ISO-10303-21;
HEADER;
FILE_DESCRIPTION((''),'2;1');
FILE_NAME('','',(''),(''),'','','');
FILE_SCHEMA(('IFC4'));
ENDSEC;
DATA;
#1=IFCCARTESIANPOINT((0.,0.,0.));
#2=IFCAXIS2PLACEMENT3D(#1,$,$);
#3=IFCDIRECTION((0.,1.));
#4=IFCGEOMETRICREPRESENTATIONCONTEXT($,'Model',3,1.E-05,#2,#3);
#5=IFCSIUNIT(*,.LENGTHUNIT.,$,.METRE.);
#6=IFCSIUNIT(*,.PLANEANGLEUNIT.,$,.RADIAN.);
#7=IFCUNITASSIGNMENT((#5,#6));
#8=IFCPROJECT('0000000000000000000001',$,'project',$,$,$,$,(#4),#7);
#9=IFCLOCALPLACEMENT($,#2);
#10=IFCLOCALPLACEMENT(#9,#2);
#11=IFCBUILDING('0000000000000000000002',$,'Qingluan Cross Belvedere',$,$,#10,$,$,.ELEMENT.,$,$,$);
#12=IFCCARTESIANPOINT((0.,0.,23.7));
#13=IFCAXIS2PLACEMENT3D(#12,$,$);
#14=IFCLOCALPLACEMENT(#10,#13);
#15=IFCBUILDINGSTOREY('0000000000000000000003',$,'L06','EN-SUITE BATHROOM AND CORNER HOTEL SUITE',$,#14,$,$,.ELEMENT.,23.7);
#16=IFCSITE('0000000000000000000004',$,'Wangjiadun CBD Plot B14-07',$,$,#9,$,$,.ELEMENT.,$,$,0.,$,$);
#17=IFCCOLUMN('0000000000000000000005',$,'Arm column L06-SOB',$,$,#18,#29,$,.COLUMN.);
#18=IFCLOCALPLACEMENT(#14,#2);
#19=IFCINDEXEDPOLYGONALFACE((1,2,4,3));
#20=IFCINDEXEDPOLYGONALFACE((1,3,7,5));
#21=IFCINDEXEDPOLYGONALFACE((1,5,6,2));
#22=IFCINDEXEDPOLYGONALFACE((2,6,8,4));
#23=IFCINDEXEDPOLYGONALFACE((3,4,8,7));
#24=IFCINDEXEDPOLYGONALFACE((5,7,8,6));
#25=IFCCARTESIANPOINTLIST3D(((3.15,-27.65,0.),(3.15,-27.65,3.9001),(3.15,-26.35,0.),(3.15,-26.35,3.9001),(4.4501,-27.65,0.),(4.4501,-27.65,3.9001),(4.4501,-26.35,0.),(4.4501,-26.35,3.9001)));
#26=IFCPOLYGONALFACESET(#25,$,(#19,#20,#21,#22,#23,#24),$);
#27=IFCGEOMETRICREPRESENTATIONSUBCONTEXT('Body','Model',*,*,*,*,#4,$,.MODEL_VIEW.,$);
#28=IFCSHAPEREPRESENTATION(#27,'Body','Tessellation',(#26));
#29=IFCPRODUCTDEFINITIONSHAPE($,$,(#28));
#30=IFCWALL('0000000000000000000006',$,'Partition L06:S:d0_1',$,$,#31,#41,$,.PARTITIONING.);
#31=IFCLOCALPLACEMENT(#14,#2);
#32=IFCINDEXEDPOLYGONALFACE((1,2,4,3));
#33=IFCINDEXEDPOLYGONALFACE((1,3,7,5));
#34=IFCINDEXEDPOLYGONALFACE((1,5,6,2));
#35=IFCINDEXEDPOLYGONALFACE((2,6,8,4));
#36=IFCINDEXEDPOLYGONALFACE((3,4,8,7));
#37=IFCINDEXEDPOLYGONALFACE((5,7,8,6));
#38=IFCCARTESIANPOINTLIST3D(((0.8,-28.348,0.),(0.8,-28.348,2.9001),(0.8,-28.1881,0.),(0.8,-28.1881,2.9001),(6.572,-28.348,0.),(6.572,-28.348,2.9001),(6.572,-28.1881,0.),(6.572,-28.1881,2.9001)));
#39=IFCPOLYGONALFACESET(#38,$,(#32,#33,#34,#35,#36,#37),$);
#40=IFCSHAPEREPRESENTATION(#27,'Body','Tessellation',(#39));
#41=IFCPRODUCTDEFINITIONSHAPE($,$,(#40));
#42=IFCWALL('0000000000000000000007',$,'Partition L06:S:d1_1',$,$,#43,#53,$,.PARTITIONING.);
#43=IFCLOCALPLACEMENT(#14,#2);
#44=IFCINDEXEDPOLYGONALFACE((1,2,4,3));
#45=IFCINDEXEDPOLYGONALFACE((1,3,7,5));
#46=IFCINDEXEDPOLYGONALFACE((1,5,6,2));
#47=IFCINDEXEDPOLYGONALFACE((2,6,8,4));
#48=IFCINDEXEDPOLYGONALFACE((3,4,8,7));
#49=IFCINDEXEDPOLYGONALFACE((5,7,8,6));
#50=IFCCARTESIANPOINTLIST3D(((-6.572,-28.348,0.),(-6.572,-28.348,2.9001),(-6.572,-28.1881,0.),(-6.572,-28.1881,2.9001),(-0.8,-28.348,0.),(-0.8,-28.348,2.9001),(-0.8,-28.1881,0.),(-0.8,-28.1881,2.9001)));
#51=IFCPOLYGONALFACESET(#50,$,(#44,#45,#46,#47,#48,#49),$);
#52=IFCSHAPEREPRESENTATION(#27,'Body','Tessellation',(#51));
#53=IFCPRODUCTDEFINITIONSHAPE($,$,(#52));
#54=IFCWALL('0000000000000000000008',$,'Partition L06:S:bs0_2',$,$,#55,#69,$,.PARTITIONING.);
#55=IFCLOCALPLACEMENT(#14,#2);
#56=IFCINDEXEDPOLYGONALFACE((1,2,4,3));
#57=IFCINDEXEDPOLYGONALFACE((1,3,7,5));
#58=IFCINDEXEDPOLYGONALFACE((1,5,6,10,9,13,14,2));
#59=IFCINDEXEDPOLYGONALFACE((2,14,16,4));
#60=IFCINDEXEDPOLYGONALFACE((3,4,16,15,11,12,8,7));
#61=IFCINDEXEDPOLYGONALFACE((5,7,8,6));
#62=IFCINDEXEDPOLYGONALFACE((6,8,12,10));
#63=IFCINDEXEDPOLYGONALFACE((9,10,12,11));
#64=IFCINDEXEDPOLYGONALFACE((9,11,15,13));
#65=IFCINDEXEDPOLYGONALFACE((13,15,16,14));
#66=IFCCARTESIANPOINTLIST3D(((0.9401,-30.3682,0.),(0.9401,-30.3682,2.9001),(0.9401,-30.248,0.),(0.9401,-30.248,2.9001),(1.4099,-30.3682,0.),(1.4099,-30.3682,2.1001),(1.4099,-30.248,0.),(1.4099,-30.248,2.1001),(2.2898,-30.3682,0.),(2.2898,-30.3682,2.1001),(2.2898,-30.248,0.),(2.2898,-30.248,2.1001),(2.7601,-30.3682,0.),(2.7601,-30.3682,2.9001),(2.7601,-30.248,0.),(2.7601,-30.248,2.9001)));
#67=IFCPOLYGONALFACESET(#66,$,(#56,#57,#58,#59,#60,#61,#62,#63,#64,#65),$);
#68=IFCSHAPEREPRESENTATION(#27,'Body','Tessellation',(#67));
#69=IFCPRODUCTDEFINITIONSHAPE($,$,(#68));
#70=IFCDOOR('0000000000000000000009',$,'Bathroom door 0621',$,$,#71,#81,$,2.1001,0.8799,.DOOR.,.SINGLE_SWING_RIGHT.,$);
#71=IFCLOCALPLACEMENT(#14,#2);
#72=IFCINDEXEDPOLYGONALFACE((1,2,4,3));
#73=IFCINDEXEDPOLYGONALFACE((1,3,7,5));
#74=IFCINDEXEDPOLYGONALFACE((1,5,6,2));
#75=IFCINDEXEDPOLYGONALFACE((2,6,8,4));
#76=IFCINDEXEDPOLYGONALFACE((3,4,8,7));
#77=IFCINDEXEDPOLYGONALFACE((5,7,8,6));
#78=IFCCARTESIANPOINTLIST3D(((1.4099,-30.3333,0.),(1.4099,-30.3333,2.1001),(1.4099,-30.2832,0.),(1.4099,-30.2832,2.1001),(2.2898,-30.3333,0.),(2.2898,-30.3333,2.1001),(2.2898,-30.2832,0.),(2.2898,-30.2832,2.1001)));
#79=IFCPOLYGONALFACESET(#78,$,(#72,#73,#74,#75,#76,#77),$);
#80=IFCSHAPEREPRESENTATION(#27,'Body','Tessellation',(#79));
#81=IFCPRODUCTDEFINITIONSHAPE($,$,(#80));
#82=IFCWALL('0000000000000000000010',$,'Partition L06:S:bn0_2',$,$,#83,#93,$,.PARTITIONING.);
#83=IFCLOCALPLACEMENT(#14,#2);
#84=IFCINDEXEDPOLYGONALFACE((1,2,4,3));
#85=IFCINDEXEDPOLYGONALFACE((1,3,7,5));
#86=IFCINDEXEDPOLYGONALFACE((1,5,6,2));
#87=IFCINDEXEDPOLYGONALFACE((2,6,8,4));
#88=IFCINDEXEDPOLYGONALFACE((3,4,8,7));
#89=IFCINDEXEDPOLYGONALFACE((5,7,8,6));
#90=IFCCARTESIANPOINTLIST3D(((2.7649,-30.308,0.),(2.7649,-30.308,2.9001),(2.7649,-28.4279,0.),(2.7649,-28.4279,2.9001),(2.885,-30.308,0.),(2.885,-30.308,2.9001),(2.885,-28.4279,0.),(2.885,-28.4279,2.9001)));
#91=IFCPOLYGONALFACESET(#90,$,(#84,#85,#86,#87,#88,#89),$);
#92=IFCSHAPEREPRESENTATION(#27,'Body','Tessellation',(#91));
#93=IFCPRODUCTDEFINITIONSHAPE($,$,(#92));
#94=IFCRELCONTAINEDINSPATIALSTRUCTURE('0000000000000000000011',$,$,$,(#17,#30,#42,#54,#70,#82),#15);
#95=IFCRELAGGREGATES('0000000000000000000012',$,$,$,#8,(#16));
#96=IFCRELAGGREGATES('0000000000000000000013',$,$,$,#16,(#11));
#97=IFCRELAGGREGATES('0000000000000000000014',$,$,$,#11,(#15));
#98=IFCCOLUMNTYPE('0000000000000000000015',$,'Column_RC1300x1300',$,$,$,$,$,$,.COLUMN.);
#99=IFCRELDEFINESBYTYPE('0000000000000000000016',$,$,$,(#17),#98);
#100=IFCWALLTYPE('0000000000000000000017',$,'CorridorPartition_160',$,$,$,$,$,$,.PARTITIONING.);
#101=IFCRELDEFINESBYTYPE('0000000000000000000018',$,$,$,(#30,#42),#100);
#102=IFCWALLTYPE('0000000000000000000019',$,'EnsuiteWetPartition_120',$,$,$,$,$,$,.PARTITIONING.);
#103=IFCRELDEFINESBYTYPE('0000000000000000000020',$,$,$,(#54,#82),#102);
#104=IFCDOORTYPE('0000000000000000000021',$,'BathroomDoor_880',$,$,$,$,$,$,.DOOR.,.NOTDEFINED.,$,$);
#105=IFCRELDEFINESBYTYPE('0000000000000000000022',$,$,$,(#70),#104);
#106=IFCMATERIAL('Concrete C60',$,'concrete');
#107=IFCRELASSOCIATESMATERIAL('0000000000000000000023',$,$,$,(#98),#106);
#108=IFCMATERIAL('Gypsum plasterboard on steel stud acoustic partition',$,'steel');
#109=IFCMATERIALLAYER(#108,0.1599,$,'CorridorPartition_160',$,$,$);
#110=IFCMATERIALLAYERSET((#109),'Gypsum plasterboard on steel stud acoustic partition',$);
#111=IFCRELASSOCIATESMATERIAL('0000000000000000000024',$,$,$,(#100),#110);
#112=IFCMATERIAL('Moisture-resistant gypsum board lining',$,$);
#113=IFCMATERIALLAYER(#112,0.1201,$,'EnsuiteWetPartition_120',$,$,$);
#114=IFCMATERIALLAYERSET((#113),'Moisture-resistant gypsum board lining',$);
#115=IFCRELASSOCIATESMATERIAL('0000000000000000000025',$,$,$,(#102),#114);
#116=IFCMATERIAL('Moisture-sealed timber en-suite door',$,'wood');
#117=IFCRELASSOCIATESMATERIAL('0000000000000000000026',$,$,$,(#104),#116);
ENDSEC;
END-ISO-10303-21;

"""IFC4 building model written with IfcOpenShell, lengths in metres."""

from ifc_helpers import new_model, si_unit, direction, frame, frame_2d, origin, origin_2d, place, context, subcontext, project, spatial, rectangle, extrude, material, layer, layer_set, material_profile, profile_set, type_object, element, fill, save


model = new_model("IFC4")

# Units and contexts
model_context = context("Model", 3, precision=1e-05, world=origin(), true_north=direction((0.0, 1.0)))
body_context = subcontext(model_context, "Body", "Model", "MODEL_VIEW")
ifc_project = project(units=[si_unit("LENGTHUNIT", "METRE"), si_unit("PLANEANGLEUNIT", "RADIAN")], contexts=[model_context])

# Site, building, storey
site_placement = place(None, origin())
site = spatial("IfcSite", under=ifc_project, at=site_placement, Name="Wangjiadun CBD Plot B14-07", CompositionType="ELEMENT", RefElevation=0.0)
building_placement = place(site_placement, origin())
building = spatial("IfcBuilding", under=site, at=building_placement, Name="Qingluan Cross Belvedere", CompositionType="ELEMENT")
storey_placement = place(building_placement, frame((0.0, 0.0, 23.7)))
storey = spatial("IfcBuildingStorey", under=building, at=storey_placement, Name="L06", Description="EN-SUITE BATHROOM AND CORNER HOTEL SUITE", CompositionType="ELEMENT", Elevation=23.7)

# Column
ifc_material_1 = material(Name="Concrete C60", Category="concrete")
ifc_material_profile = material_profile(ifc_material_1, rectangle(XDim=1.3, YDim=1.3, at=origin_2d()), Name="RC1300x1300")
ifc_profile_set = profile_set([ifc_material_profile], Name="Concrete C60")
column_type = type_object("IfcColumnType", Name="Column_RC1300x1300", PredefinedType="COLUMN", material=ifc_profile_set)
column_placement = place(storey_placement, frame((3.8, -27.0, 0.0), z_axis=(0.0, 0.0, 1.0), x_axis=(1.0, 0.0, 0.0)))
element("IfcColumn", 1, at=column_placement, inside=storey, type_object=column_type, Name="Arm column L06-SOB", PredefinedType="COLUMN", context=body_context, shape_type="SweptSolid", body=[
    extrude(rectangle(XDim=1.3, YDim=1.3, at=origin_2d()), origin(), (0.0, 0.0, 1.0), 3.9001),
])

# Walls
ifc_material_2 = material(Name="Gypsum plasterboard on steel stud acoustic partition", Category="steel")
ifc_layer_1 = layer(ifc_material_2, 0.1599, Name="CorridorPartition_160")
ifc_layer_set_1 = layer_set([ifc_layer_1], Name="Gypsum plasterboard on steel stud acoustic partition")
wall_type_1 = type_object("IfcWallType", Name="CorridorPartition_160", PredefinedType="PARTITIONING", material=ifc_layer_set_1)
for number, where, z_axis, x_axis, name in (
    (2, (0.8, -28.2681, 0.0), (0.0, 0.0, 1.0), (1.0, 0.0, 0.0), "Partition L06:S:d0_1"),
    (3, (-0.8, -28.2681, 0.0), (0.0, 0.0, 1.0), (-1.0, 0.0, 0.0), "Partition L06:S:d1_1"),
):
    element("IfcWall", number, at=place(storey_placement, frame(where, z_axis=z_axis, x_axis=x_axis)), inside=storey, type_object=wall_type_1, Name=name, PredefinedType="PARTITIONING", context=body_context, shape_type="SweptSolid", body=[
        extrude(rectangle(XDim=5.772, YDim=0.1599, at=frame_2d((2.886, 0.0))), origin(), (0.0, 0.0, 1.0), 2.9001),
    ])

# Wall, opening, door
ifc_material_3 = material(Name="Moisture-resistant gypsum board lining")
ifc_layer_2 = layer(ifc_material_3, 0.1201, Name="EnsuiteWetPartition_120")
ifc_layer_set_2 = layer_set([ifc_layer_2], Name="Moisture-resistant gypsum board lining")
wall_type_2 = type_object("IfcWallType", Name="EnsuiteWetPartition_120", PredefinedType="PARTITIONING", material=ifc_layer_set_2)
wall_1_placement = place(storey_placement, frame((0.9399, -30.3081, 0.0), z_axis=(0.0, 0.0, 1.0), x_axis=(1.0, 0.0, 0.0)))
wall_1 = element("IfcWall", 4, at=wall_1_placement, inside=storey, type_object=wall_type_2, Name="Partition L06:S:bs0_2", PredefinedType="PARTITIONING", context=body_context, shape_type="SweptSolid", body=[
    extrude(rectangle(XDim=1.8201, YDim=0.1201, at=frame_2d((0.9102, 0.0))), origin(), (0.0, 0.0, 1.0), 2.9001),
])
opening_1_placement = place(wall_1_placement, frame((0.47, 0.0, 0.0)))
opening_1 = element("IfcOpeningElement", 5, at=opening_1_placement, cuts=wall_1, PredefinedType="OPENING", context=body_context, shape_type="SweptSolid", body=[
    extrude(rectangle(XDim=0.8799, YDim=2.1001, at=frame_2d((0.4399, 1.05))), frame((0.0, 0.0701, 0.0), z_axis=(0.0, -1.0, 0.0), x_axis=(1.0, 0.0, 0.0)), (0.0, 0.0, 1.0), 0.1401),
])
ifc_material_4 = material(Name="Moisture-sealed timber en-suite door", Category="wood")
door_type = type_object("IfcDoorType", Name="BathroomDoor_880", OperationType="NOTDEFINED", PredefinedType="DOOR", material=ifc_material_4)
door_placement = place(opening_1_placement, origin())
door = element("IfcDoor", 6, at=door_placement, inside=storey, type_object=door_type, Name="Bathroom door 0621", OperationType="SINGLE_SWING_RIGHT", OverallHeight=2.1001, OverallWidth=0.8799, PredefinedType="DOOR", context=body_context, shape_type="SweptSolid", body=[
    extrude(rectangle(XDim=0.8799, YDim=2.1001, at=frame_2d((0.4399, 1.05))), frame((0.0, 0.0249, 0.0), z_axis=(0.0, -1.0, 0.0), x_axis=(1.0, 0.0, 0.0)), (0.0, 0.0, 1.0), 0.05),
])
fill(opening_1, door)

# Wall
wall_2_placement = place(storey_placement, frame((2.825, -28.428, 0.0), z_axis=(0.0, 0.0, 1.0), x_axis=(0.0, -1.0, 0.0)))
element("IfcWall", 7, at=wall_2_placement, inside=storey, type_object=wall_type_2, Name="Partition L06:S:bn0_2", PredefinedType="PARTITIONING", context=body_context, shape_type="SweptSolid", body=[
    extrude(rectangle(XDim=1.8801, YDim=0.1201, at=frame_2d((0.9399, 0.0))), origin(), (0.0, 0.0, 1.0), 2.9001),
])

save(model, "model.ifc")
